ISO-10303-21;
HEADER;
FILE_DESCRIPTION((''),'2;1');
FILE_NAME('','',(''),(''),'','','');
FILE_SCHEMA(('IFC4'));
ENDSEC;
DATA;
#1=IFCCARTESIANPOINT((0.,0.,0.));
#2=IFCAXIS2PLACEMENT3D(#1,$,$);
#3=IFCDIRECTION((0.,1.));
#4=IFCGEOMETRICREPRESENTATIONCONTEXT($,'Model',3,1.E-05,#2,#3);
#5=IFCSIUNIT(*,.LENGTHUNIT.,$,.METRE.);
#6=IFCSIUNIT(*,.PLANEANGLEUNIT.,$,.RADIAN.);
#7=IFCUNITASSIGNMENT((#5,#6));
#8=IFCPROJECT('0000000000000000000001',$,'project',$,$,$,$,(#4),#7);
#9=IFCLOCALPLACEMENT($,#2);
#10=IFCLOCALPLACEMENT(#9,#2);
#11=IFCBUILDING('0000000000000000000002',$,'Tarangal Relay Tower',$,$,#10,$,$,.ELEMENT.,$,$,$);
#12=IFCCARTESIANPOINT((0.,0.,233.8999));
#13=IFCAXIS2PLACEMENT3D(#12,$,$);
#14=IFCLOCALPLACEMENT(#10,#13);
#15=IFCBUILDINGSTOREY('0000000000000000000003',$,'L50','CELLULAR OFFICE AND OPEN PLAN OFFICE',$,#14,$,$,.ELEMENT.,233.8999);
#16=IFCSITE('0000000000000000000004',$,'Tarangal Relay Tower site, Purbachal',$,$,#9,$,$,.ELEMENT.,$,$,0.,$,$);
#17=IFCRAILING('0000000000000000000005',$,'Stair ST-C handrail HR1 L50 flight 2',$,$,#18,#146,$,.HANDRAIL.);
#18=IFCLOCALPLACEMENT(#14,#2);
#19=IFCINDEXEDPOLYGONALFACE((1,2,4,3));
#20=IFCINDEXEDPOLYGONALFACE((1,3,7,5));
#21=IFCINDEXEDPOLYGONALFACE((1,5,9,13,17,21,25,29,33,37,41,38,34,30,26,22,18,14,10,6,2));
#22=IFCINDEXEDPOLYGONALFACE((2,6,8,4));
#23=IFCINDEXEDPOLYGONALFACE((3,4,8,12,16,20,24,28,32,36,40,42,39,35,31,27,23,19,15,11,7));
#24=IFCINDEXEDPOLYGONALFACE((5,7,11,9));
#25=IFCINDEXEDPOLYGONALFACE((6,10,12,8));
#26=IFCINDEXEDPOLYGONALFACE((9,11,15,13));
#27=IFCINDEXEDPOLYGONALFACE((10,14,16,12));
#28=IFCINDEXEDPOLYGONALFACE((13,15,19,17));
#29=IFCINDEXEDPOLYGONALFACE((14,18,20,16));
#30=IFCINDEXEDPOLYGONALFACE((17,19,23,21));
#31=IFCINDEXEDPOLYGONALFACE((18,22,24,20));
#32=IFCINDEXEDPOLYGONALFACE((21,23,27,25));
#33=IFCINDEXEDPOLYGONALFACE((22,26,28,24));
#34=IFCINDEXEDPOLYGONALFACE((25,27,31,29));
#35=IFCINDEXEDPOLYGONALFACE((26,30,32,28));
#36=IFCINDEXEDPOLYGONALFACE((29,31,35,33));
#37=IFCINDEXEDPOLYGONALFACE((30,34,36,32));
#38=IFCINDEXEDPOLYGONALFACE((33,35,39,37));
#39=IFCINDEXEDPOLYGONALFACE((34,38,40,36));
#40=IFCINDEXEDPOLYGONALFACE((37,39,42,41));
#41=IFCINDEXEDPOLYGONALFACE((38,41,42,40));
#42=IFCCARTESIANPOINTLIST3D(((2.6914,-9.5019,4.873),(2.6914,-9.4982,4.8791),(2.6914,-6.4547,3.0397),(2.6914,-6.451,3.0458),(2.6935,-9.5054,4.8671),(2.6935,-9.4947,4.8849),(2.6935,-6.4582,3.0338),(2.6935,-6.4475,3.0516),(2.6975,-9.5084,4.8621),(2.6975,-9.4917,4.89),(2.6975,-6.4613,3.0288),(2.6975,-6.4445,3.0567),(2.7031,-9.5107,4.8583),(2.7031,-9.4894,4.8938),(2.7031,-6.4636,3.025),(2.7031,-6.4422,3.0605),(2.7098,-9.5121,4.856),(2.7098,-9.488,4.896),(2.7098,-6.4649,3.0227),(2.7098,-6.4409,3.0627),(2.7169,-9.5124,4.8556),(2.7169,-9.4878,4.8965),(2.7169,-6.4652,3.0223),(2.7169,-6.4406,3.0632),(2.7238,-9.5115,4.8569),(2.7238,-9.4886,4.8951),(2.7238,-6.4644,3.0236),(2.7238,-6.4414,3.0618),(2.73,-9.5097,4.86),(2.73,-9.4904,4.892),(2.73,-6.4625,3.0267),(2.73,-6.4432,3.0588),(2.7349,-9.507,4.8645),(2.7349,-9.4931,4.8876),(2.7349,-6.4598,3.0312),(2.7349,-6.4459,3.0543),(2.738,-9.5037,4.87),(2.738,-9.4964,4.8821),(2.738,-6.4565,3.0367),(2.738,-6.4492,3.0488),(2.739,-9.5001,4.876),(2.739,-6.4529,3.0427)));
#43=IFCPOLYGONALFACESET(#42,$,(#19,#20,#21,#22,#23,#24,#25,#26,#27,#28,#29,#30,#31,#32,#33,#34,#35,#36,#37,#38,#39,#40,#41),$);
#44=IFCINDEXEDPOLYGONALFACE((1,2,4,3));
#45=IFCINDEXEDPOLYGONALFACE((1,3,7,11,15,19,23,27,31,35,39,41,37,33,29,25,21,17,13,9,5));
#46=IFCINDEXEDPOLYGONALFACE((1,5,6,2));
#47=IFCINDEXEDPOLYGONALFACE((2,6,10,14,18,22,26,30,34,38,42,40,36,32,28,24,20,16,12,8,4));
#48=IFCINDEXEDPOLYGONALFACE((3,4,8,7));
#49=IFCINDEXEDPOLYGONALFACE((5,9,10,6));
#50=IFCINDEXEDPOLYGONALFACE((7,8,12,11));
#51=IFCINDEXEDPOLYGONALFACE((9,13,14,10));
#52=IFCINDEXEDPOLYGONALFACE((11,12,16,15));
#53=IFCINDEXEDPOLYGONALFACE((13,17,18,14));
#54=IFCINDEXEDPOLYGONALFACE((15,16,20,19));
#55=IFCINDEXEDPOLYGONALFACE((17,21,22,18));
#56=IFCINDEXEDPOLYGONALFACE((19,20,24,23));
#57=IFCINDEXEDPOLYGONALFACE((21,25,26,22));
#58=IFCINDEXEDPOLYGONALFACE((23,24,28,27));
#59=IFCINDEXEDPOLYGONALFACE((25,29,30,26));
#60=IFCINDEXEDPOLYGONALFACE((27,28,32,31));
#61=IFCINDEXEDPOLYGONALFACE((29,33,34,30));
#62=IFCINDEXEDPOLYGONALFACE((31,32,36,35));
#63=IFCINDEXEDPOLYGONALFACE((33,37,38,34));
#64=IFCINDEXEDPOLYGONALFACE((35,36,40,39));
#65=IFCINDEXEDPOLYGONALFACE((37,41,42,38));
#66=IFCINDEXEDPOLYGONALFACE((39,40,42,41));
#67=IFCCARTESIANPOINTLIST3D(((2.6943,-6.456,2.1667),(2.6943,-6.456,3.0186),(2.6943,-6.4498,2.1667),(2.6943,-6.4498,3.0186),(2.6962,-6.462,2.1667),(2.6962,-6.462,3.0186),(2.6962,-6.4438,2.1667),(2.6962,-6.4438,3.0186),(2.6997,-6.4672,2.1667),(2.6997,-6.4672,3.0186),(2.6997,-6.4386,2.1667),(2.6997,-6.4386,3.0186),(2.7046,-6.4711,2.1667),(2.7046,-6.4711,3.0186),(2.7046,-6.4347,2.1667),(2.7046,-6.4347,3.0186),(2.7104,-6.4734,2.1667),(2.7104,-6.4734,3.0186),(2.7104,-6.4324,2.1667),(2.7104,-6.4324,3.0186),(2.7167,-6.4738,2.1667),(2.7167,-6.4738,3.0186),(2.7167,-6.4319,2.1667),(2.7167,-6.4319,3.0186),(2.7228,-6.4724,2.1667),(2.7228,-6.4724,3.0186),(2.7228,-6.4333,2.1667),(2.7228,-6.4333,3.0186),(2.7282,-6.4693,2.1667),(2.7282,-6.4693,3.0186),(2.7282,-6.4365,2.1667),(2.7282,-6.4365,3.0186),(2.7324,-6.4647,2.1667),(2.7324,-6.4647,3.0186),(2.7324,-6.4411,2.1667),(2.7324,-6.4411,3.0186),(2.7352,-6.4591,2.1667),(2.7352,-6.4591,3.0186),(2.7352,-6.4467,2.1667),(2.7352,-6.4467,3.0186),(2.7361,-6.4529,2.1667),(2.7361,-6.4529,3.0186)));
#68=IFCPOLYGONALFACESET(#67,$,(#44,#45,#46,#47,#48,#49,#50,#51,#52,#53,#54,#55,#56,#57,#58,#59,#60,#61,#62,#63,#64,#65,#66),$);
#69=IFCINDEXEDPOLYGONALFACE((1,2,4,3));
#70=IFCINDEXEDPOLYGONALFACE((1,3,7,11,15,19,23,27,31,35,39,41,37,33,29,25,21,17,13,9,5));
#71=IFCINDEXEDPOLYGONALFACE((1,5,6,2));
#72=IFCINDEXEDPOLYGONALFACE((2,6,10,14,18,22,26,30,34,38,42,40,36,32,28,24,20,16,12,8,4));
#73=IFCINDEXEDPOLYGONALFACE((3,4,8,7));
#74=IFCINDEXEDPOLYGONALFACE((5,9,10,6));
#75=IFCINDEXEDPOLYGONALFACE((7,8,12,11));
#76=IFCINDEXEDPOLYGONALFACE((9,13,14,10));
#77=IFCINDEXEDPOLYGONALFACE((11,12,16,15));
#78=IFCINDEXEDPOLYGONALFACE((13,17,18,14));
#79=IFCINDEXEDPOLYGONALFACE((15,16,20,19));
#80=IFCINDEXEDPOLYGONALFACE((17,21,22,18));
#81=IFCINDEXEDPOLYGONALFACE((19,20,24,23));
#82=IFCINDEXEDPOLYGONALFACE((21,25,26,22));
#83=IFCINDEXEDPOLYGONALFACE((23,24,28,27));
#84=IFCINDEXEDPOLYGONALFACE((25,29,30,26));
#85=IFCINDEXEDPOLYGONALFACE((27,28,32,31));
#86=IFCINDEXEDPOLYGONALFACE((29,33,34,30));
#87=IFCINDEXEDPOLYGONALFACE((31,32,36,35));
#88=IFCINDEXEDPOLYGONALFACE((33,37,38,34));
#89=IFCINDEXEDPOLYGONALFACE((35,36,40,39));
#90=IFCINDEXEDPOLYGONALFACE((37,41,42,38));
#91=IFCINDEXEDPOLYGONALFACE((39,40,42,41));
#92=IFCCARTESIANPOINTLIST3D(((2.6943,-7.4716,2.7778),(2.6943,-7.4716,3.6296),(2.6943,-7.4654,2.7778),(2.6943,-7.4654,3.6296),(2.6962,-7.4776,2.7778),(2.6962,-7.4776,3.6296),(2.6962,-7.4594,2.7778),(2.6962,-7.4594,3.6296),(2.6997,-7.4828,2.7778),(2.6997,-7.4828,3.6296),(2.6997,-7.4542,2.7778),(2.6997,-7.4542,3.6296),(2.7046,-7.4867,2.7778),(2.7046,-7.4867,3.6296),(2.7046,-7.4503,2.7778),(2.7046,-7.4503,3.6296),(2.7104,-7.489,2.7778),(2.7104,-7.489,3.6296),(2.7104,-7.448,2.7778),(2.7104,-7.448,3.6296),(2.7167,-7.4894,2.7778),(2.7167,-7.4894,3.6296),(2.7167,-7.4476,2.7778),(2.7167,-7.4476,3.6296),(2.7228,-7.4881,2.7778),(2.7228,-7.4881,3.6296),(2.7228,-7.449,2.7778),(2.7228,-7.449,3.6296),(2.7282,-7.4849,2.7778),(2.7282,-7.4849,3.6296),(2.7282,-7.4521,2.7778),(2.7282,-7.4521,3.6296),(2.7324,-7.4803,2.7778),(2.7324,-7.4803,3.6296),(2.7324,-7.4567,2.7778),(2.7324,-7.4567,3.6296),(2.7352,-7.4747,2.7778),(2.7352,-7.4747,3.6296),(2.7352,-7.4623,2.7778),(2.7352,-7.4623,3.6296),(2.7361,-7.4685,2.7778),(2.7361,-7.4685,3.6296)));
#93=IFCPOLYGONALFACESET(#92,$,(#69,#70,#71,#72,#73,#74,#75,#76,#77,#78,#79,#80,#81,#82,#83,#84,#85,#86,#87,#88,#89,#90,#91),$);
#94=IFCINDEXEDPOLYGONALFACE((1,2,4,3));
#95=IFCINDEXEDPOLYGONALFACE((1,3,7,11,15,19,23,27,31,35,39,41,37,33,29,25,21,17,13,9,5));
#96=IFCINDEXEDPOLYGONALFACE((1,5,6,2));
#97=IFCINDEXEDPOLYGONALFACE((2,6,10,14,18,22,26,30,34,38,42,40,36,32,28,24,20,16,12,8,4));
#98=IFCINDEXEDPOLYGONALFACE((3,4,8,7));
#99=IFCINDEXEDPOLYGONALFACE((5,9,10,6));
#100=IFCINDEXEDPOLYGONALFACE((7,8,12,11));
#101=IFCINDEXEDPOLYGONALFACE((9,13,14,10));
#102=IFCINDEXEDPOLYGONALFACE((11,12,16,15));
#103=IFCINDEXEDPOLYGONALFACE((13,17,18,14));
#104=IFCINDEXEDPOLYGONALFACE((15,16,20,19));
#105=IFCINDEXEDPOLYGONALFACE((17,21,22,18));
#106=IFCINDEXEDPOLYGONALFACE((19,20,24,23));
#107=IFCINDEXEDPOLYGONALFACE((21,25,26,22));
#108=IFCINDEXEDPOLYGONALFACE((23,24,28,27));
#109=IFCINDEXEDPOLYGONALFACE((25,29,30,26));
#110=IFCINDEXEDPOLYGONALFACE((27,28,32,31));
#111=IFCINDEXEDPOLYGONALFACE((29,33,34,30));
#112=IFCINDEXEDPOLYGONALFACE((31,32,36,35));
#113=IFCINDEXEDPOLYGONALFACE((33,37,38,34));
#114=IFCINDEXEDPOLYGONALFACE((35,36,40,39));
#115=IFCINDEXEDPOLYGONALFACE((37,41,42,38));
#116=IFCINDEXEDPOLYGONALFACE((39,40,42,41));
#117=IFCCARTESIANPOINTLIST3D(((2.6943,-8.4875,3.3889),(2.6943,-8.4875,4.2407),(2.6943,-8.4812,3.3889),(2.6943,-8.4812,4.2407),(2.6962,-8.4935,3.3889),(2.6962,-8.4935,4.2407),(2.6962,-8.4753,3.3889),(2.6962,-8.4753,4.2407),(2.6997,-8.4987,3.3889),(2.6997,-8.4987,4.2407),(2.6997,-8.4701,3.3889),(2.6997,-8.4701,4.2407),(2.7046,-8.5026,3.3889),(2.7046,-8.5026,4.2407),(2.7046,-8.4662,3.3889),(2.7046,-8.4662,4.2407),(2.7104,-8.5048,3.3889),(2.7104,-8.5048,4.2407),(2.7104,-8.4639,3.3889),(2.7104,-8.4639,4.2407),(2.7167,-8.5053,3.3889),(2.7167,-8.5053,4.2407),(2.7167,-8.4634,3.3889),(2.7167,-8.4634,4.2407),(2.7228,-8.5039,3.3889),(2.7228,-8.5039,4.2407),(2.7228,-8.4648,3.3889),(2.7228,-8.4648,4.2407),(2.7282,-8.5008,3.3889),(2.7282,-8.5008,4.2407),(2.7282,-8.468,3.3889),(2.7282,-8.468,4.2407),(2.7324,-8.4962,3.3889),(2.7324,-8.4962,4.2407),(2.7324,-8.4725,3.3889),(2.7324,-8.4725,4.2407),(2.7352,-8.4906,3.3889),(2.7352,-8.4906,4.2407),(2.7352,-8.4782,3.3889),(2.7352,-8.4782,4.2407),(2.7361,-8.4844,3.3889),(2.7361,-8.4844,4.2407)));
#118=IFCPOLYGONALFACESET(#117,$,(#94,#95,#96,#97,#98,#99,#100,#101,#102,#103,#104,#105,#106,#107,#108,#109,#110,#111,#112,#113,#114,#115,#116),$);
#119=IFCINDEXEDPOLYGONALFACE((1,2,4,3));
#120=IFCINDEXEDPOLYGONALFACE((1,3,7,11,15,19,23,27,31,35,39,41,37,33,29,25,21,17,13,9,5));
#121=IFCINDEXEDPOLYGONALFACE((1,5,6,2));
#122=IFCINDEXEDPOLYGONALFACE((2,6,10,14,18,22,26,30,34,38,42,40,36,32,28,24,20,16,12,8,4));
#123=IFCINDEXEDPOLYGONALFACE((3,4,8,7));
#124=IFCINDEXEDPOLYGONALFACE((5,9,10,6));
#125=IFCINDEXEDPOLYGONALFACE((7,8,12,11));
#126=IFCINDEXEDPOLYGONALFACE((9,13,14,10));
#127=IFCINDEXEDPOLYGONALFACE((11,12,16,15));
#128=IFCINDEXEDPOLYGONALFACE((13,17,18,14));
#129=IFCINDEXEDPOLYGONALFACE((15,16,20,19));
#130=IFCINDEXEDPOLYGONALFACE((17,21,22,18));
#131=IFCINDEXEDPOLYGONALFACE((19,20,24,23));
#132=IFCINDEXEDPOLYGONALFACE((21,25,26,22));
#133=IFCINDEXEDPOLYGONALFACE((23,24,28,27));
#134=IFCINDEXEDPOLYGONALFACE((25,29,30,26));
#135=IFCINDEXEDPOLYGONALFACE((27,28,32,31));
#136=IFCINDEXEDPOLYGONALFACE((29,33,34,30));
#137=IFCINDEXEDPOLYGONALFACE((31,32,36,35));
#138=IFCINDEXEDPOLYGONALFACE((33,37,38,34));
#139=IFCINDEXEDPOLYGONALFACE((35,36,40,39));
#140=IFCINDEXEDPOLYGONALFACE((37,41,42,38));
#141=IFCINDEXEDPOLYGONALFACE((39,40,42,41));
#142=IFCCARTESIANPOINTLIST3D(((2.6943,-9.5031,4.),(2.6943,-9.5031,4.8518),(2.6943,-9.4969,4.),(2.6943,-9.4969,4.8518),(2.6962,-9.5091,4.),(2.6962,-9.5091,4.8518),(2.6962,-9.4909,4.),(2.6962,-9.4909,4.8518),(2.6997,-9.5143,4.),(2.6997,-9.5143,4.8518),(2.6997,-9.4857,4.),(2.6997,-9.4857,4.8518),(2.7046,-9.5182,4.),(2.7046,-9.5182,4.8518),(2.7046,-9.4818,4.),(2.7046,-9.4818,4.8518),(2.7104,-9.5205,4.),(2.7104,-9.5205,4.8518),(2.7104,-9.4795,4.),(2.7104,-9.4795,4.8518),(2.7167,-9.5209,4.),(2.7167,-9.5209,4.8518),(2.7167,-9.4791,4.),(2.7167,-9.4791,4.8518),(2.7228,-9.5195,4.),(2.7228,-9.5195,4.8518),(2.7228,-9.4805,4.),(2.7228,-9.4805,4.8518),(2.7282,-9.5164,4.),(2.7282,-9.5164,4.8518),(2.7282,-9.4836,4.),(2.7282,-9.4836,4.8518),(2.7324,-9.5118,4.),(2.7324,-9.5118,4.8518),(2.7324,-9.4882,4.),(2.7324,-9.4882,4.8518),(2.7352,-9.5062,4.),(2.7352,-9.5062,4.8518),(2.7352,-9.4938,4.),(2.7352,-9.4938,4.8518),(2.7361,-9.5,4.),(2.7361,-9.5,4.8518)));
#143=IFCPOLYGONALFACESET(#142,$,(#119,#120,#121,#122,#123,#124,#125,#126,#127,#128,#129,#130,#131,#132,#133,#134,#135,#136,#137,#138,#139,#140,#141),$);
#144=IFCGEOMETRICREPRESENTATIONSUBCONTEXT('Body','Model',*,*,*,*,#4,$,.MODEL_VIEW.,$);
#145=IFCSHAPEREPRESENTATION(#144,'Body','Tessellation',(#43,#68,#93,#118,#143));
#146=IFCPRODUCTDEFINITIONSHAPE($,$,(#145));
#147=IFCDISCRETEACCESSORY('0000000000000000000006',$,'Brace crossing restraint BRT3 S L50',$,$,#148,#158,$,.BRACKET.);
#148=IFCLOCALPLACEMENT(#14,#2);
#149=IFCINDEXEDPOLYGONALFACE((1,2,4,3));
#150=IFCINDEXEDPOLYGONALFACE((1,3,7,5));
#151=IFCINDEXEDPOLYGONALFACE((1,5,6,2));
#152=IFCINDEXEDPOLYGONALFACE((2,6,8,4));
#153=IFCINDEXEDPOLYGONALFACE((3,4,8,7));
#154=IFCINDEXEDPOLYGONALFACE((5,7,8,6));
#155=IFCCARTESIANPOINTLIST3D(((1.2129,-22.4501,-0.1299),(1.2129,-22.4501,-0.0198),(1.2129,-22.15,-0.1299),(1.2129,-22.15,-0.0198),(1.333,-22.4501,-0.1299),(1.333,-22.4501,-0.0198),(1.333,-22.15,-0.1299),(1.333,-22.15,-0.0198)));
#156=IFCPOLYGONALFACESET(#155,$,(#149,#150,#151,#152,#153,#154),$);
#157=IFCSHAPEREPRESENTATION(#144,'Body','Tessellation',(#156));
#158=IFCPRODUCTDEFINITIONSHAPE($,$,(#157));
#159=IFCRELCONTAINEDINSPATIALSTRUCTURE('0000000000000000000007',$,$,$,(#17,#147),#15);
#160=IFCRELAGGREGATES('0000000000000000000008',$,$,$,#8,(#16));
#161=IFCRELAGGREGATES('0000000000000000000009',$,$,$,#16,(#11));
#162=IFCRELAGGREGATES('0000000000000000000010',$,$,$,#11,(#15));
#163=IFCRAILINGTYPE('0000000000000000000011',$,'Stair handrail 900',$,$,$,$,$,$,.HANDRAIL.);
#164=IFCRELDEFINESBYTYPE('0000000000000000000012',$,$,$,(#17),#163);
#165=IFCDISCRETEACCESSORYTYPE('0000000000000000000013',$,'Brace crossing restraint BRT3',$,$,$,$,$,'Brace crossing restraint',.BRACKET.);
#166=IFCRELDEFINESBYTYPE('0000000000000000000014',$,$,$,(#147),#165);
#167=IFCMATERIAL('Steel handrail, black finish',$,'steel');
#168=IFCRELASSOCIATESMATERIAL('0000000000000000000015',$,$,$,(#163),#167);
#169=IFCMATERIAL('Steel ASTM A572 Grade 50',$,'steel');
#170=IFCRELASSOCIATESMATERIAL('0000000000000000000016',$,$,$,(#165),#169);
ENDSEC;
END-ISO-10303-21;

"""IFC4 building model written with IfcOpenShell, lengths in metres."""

from ifc_helpers import new_model, si_unit, direction, frame, origin, origin_2d, place, context, subcontext, project, spatial, rectangle, circle, extrude, material, type_object, element, save


model = new_model("IFC4")

# Units and contexts
model_context = context("Model", 3, precision=1e-05, world=origin(), true_north=direction((0.0, 1.0)))
body_context = subcontext(model_context, "Body", "Model", "MODEL_VIEW")
ifc_project = project(units=[si_unit("LENGTHUNIT", "METRE"), si_unit("PLANEANGLEUNIT", "RADIAN")], contexts=[model_context])

# Site, building, storey
site_placement = place(None, origin())
site = spatial("IfcSite", under=ifc_project, at=site_placement, Name="Tarangal Relay Tower site, Purbachal", CompositionType="ELEMENT", RefElevation=0.0)
building_placement = place(site_placement, origin())
building = spatial("IfcBuilding", under=site, at=building_placement, Name="Tarangal Relay Tower", CompositionType="ELEMENT")
storey_placement = place(building_placement, frame((0.0, 0.0, 233.8999)))
storey = spatial("IfcBuildingStorey", under=building, at=storey_placement, Name="L50", Description="CELLULAR OFFICE AND OPEN PLAN OFFICE", CompositionType="ELEMENT", Elevation=233.8999)

# Shared definitions
ifc_material_1 = material(Name="Steel ASTM A572 Grade 50", Category="steel")

# Railing
ifc_material_2 = material(Name="Steel handrail, black finish", Category="steel")
railing_type_1 = type_object("IfcRailingType", Name="Stair handrail 900", PredefinedType="HANDRAIL", material=ifc_material_2)
railing_1_placement = place(storey_placement, frame((2.7151, -6.4529, 2.1667)))
element("IfcRailing", 1, at=railing_1_placement, inside=storey, type_object=railing_type_1, Name="Stair ST-C handrail HR1 L50 flight 2", PredefinedType="HANDRAIL", context=body_context, shape_type="SweptSolid", body=[
    extrude(circle(Radius=0.0239, at=origin_2d()), frame((0.0, 0.0, 0.876), z_axis=(0.0, -0.856874, 0.515525), x_axis=(1.0, 0.0, 0.0)), (0.0, 0.0, 1.0), 3.5562),
    extrude(circle(Radius=0.021, at=origin_2d()), origin(), (0.0, 0.0, 1.0), 0.8518),
    extrude(circle(Radius=0.021, at=origin_2d()), frame((0.0, -1.0156, 0.6111)), (0.0, 0.0, 1.0), 0.8518),
    extrude(circle(Radius=0.021, at=origin_2d()), frame((0.0, -2.0315, 1.2222)), (0.0, 0.0, 1.0), 0.8518),
    extrude(circle(Radius=0.021, at=origin_2d()), frame((0.0, -3.0471, 1.8333)), (0.0, 0.0, 1.0), 0.8518),
])

# Discrete accessory
discrete_accessory_type = type_object("IfcDiscreteAccessoryType", Name="Brace crossing restraint BRT3", ElementType="Brace crossing restraint", PredefinedType="BRACKET", material=ifc_material_1)
discrete_accessory_placement = place(storey_placement, frame((1.2729, -22.3, -0.1299), z_axis=(0.0, 0.0, 1.0), x_axis=(1.0, 0.0, 0.0)))
element("IfcDiscreteAccessory", 2, at=discrete_accessory_placement, inside=storey, type_object=discrete_accessory_type, Name="Brace crossing restraint BRT3 S L50", PredefinedType="BRACKET", context=body_context, shape_type="SweptSolid", body=[
    extrude(rectangle(XDim=0.1201, YDim=0.3, at=origin_2d()), origin(), (0.0, 0.0, 1.0), 0.1101),
])

save(model, "model.ifc")
